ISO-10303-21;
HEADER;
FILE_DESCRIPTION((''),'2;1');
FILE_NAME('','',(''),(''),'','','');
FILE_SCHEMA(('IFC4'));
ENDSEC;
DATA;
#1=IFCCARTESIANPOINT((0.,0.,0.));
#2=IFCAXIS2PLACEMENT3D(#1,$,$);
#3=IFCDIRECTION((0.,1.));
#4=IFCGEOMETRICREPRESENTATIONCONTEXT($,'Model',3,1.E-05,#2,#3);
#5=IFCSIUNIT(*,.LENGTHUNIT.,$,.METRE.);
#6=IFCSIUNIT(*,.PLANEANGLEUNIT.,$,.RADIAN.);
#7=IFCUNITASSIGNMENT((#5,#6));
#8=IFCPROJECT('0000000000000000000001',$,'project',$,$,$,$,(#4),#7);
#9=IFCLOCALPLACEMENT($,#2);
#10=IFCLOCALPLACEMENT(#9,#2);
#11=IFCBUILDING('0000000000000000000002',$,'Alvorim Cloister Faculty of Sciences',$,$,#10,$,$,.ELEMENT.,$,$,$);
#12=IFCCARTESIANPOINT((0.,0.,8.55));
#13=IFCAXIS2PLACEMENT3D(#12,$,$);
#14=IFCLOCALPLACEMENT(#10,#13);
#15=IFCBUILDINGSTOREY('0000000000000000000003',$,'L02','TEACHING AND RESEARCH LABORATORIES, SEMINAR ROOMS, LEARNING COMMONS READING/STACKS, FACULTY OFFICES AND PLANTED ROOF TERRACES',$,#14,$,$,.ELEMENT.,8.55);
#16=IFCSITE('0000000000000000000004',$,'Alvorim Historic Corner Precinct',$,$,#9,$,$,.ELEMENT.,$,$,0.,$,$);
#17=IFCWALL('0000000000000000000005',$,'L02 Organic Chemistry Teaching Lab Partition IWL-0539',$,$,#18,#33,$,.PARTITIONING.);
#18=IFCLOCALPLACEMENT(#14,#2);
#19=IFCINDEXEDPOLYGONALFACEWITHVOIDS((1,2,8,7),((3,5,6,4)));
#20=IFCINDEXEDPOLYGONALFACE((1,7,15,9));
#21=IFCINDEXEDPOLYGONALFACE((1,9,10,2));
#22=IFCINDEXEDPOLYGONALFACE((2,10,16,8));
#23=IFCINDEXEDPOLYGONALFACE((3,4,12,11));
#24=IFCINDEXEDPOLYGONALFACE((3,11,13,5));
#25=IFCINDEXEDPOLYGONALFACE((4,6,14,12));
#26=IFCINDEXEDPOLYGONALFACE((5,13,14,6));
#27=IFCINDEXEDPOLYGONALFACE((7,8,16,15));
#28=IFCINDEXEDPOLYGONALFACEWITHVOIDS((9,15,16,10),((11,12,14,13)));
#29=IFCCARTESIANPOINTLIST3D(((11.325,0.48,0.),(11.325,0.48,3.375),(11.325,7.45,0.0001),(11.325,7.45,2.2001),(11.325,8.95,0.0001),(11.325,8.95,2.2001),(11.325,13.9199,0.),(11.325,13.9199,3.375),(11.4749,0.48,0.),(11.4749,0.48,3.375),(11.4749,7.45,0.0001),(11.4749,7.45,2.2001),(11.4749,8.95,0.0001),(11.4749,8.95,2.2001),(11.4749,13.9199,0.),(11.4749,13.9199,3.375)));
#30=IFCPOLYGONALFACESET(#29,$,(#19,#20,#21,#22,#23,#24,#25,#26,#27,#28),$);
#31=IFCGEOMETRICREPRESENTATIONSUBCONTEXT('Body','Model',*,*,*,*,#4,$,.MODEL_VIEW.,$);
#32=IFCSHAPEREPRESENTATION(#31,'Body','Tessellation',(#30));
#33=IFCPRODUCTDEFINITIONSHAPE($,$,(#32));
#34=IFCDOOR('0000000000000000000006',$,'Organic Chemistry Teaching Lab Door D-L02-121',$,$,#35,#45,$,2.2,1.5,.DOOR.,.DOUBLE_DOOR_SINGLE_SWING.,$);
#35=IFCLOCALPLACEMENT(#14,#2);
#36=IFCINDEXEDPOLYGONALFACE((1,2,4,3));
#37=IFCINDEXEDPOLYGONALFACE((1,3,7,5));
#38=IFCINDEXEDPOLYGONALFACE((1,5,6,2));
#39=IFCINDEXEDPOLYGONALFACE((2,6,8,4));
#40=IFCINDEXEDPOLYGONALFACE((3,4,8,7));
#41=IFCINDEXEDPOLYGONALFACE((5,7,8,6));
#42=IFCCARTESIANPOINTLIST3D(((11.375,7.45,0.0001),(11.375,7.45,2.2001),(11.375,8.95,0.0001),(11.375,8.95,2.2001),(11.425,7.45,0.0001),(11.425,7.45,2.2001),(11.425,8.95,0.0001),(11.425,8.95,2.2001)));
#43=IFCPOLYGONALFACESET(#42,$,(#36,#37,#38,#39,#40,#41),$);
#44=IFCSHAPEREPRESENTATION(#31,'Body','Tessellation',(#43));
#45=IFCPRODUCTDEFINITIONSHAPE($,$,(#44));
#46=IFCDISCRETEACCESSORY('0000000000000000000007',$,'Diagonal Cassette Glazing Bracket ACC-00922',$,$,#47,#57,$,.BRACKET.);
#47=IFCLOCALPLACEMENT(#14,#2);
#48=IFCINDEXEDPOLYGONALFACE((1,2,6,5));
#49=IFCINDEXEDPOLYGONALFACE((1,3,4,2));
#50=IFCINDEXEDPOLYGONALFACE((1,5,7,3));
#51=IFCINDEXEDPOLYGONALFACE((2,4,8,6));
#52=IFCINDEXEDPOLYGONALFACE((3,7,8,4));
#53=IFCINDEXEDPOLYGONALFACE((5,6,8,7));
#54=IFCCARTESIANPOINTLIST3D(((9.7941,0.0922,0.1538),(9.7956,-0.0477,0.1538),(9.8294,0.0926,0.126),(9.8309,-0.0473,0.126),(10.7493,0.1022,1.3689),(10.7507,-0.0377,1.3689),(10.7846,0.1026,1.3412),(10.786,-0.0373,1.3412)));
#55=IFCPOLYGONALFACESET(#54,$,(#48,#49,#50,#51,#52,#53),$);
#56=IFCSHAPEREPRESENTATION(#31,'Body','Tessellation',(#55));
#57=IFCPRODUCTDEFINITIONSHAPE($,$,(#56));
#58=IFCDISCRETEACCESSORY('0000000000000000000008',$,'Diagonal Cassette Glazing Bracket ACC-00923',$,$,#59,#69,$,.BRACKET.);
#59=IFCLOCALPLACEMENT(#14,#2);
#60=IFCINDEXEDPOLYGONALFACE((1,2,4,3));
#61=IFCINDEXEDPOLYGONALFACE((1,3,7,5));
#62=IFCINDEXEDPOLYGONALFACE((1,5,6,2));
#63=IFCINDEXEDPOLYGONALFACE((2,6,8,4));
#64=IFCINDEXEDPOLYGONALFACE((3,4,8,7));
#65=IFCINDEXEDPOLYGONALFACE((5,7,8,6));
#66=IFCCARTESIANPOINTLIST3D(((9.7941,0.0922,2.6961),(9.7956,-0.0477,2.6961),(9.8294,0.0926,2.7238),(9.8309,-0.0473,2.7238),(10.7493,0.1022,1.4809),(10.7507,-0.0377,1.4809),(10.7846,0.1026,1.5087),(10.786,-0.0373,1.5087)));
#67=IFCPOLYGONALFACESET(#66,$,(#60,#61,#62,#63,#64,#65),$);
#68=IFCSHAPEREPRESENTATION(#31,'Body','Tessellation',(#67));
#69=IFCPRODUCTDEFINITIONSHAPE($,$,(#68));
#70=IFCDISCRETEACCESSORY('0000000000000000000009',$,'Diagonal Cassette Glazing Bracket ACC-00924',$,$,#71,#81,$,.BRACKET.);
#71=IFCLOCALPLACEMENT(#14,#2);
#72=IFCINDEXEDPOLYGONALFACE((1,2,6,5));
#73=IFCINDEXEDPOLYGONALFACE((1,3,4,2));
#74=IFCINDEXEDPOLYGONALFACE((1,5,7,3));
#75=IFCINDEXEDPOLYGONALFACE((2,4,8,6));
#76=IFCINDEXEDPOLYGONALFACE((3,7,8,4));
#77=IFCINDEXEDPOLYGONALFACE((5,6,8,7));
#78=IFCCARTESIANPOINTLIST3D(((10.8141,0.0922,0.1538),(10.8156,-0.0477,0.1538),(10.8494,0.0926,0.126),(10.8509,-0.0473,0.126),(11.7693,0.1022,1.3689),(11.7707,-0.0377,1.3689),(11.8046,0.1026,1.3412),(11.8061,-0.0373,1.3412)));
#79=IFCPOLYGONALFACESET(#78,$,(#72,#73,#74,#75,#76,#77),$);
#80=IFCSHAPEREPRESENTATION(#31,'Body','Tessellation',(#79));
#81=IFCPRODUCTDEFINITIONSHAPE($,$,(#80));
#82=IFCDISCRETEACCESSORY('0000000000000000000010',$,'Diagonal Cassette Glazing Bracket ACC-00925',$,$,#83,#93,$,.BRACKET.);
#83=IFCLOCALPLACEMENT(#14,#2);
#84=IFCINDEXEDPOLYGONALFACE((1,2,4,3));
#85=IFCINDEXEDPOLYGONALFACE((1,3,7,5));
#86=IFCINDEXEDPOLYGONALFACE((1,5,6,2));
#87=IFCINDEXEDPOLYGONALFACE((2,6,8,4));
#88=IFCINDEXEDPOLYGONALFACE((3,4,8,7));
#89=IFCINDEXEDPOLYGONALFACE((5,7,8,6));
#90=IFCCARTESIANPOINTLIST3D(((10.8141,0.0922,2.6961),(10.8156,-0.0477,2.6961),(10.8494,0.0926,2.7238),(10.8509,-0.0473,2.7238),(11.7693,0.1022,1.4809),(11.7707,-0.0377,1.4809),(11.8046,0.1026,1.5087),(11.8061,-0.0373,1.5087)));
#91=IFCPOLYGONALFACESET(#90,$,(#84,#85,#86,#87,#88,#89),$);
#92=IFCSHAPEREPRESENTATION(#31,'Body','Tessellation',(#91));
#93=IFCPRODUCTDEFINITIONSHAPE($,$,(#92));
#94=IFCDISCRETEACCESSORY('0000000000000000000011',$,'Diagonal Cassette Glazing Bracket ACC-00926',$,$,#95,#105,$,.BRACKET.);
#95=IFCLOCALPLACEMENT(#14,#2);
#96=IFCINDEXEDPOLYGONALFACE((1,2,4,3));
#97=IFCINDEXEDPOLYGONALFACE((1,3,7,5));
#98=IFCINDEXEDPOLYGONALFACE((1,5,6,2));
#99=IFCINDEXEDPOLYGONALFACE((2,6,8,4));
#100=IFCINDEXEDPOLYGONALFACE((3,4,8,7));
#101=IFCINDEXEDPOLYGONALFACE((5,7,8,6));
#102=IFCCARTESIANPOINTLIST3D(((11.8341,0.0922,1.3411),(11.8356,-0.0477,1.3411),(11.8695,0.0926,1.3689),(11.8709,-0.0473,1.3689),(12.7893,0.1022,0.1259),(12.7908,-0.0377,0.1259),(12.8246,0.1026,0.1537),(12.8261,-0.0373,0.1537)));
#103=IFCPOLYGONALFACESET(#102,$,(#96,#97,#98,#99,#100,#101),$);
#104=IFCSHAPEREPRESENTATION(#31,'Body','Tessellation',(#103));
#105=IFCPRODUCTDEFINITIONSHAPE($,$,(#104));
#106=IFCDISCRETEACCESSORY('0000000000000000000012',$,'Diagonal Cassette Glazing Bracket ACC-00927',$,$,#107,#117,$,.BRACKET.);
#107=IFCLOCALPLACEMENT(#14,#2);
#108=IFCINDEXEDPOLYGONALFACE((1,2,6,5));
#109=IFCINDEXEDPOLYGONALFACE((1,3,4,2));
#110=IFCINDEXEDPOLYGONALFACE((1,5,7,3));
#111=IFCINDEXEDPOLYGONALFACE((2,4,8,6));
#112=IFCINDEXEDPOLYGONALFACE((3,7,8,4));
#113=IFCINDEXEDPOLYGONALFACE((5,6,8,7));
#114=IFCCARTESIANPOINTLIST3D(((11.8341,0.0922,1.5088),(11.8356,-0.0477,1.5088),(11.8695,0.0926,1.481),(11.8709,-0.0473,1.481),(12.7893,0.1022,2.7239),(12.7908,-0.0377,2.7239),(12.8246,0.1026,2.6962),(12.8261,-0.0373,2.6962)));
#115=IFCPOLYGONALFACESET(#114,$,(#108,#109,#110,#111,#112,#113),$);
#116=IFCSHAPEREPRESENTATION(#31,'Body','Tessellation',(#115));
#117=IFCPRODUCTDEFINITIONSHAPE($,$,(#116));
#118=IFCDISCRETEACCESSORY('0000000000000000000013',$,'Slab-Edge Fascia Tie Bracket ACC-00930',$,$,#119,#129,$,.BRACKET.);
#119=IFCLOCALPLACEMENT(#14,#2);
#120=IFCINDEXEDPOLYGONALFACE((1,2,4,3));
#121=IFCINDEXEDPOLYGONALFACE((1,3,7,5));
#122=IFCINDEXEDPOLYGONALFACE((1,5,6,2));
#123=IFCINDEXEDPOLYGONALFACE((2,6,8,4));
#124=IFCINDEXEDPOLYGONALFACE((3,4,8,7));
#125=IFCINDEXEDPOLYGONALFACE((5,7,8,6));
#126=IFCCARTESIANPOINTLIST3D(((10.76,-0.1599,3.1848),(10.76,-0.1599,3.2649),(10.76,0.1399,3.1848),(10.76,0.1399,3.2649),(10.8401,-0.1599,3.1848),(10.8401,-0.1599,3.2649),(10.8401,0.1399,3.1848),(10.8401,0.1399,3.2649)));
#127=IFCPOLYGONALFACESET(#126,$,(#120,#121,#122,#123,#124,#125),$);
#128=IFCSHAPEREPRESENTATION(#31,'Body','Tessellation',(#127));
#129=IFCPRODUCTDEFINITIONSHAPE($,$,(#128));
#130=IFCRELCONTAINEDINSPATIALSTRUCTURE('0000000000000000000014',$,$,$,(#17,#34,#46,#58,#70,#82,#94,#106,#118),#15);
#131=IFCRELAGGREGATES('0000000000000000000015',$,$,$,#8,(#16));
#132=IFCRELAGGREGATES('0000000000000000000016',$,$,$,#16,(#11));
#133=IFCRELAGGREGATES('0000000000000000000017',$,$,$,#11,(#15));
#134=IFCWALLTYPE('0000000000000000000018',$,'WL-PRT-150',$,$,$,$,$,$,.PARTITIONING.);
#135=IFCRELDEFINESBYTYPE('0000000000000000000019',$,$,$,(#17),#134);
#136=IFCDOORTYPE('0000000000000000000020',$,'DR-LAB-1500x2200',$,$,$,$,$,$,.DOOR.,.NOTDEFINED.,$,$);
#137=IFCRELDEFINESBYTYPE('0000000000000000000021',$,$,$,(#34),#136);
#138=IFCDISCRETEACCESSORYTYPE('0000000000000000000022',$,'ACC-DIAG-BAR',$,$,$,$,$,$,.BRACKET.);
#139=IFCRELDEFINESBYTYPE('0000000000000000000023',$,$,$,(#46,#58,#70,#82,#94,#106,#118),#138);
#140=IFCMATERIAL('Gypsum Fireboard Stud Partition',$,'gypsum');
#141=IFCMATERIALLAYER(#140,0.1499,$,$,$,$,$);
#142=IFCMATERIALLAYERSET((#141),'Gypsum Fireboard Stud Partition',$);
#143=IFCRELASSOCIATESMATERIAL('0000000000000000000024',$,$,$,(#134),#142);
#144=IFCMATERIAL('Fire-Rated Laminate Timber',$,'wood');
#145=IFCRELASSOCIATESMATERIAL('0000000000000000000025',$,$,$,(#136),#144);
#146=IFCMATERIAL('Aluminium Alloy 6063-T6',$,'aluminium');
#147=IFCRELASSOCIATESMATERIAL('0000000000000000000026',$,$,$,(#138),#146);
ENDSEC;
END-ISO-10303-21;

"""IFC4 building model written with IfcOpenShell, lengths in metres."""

from ifc_helpers import new_model, si_unit, direction, frame, frame_2d, origin, origin_2d, place, context, subcontext, project, spatial, rectangle, extrude, material, layer, layer_set, type_object, element, fill, save


model = new_model("IFC4")

# Units and contexts
model_context = context("Model", 3, precision=1e-05, world=origin(), true_north=direction((0.0, 1.0)))
body_context = subcontext(model_context, "Body", "Model", "MODEL_VIEW")
ifc_project = project(units=[si_unit("LENGTHUNIT", "METRE"), si_unit("PLANEANGLEUNIT", "RADIAN")], contexts=[model_context])

# Site, building, storey
site_placement = place(None, origin())
site = spatial("IfcSite", under=ifc_project, at=site_placement, Name="Alvorim Historic Corner Precinct", CompositionType="ELEMENT", RefElevation=0.0)
building_placement = place(site_placement, origin())
building = spatial("IfcBuilding", under=site, at=building_placement, Name="Alvorim Cloister Faculty of Sciences", CompositionType="ELEMENT")
storey_placement = place(building_placement, frame((0.0, 0.0, 8.55)))
storey = spatial("IfcBuildingStorey", under=building, at=storey_placement, Name="L02", Description="TEACHING AND RESEARCH LABORATORIES, SEMINAR ROOMS, LEARNING COMMONS READING/STACKS, FACULTY OFFICES AND PLANTED ROOF TERRACES", CompositionType="ELEMENT", Elevation=8.55)

# Shared definitions
ifc_material_1 = material(Name="Aluminium Alloy 6063-T6", Category="aluminium")

# Wall, opening, door
ifc_material_2 = material(Name="Gypsum Fireboard Stud Partition", Category="gypsum")
ifc_layer_1 = layer(ifc_material_2, 0.1499)
ifc_layer_set_1 = layer_set([ifc_layer_1], Name="Gypsum Fireboard Stud Partition")
wall_type = type_object("IfcWallType", Name="WL-PRT-150", PredefinedType="PARTITIONING", material=ifc_layer_set_1)
wall_placement = place(storey_placement, frame((11.3999, 0.48, 0.0), z_axis=(0.0, 0.0, 1.0), x_axis=(0.0, 1.0, 0.0)))
wall = element("IfcWall", 1, at=wall_placement, inside=storey, type_object=wall_type, Name="L02 Organic Chemistry Teaching Lab Partition IWL-0539", PredefinedType="PARTITIONING", context=body_context, shape_type="SweptSolid", body=[
    extrude(rectangle(XDim=13.4399, YDim=0.1499, at=frame_2d((6.72, 0.0))), origin(), (0.0, 0.0, 1.0), 3.375),
])
opening_placement = place(wall_placement, frame((6.97, 0.0, 0.0)))
opening = element("IfcOpeningElement", 2, at=opening_placement, cuts=wall, PredefinedType="OPENING", context=body_context, shape_type="SweptSolid", body=[
    extrude(rectangle(XDim=1.5, YDim=2.2, at=frame_2d((0.75, 1.1001))), frame((0.0, 0.0869, 0.0), z_axis=(0.0, -1.0, 0.0), x_axis=(1.0, 0.0, 0.0)), (0.0, 0.0, 1.0), 0.1738),
])
ifc_material_3 = material(Name="Fire-Rated Laminate Timber", Category="wood")
door_type = type_object("IfcDoorType", Name="DR-LAB-1500x2200", OperationType="NOTDEFINED", PredefinedType="DOOR", material=ifc_material_3)
door_placement = place(opening_placement, origin())
door = element("IfcDoor", 3, at=door_placement, inside=storey, type_object=door_type, Name="Organic Chemistry Teaching Lab Door D-L02-121", OperationType="DOUBLE_DOOR_SINGLE_SWING", OverallHeight=2.2, OverallWidth=1.5, PredefinedType="DOOR", context=body_context, shape_type="SweptSolid", body=[
    extrude(rectangle(XDim=1.5, YDim=2.2, at=frame_2d((0.75, 1.1001))), frame((0.0, 0.0249, 0.0), z_axis=(0.0, -1.0, 0.0), x_axis=(1.0, 0.0, 0.0)), (0.0, 0.0, 1.0), 0.05),
])
fill(opening, door)

# Discrete accessories
discrete_accessory_type = type_object("IfcDiscreteAccessoryType", Name="ACC-DIAG-BAR", PredefinedType="BRACKET", material=ifc_material_1)
for number, where, z_axis, x_axis, name in (
    (4, (9.8125, 0.0225, 0.1399), (0.617955, 0.006477, 0.786187), (-0.01048, 0.999945, 0.0), "Diagonal Cassette Glazing Bracket ACC-00922"),
    (5, (9.8125, 0.0225, 2.71), (0.617955, 0.006477, -0.786187), (-0.01048, 0.999945, 0.0), "Diagonal Cassette Glazing Bracket ACC-00923"),
    (6, (10.8325, 0.0225, 0.1399), (0.617955, 0.006477, 0.786187), (-0.01048, 0.999945, 0.0), "Diagonal Cassette Glazing Bracket ACC-00924"),
    (7, (10.8325, 0.0225, 2.71), (0.617955, 0.006477, -0.786187), (-0.01048, 0.999945, 0.0), "Diagonal Cassette Glazing Bracket ACC-00925"),
    (8, (11.8525, 0.0225, 1.355), (0.617955, 0.006477, -0.786187), (-0.01048, 0.999945, 0.0), "Diagonal Cassette Glazing Bracket ACC-00926"),
    (9, (11.8525, 0.0225, 1.4949), (0.617955, 0.006477, 0.786187), (-0.01048, 0.999945, 0.0), "Diagonal Cassette Glazing Bracket ACC-00927"),
):
    element("IfcDiscreteAccessory", number, at=place(storey_placement, frame(where, z_axis=z_axis, x_axis=x_axis)), inside=storey, type_object=discrete_accessory_type, Name=name, PredefinedType="BRACKET", context=body_context, shape_type="SweptSolid", body=[
        extrude(rectangle(XDim=0.1399, YDim=0.0449, at=origin_2d()), origin(), (0.0, 0.0, 1.0), 1.5457),
    ])
discrete_accessory_placement = place(storey_placement, frame((10.8, 0.1399, 3.2249), z_axis=(0.0, -1.0, 0.0), x_axis=(1.0, 0.0, 0.0)))
element("IfcDiscreteAccessory", 10, at=discrete_accessory_placement, inside=storey, type_object=discrete_accessory_type, Name="Slab-Edge Fascia Tie Bracket ACC-00930", PredefinedType="BRACKET", context=body_context, shape_type="SweptSolid", body=[
    extrude(rectangle(XDim=0.0801, YDim=0.0801, at=origin_2d()), origin(), (0.0, 0.0, 1.0), 0.2998),
])

save(model, "model.ifc")
